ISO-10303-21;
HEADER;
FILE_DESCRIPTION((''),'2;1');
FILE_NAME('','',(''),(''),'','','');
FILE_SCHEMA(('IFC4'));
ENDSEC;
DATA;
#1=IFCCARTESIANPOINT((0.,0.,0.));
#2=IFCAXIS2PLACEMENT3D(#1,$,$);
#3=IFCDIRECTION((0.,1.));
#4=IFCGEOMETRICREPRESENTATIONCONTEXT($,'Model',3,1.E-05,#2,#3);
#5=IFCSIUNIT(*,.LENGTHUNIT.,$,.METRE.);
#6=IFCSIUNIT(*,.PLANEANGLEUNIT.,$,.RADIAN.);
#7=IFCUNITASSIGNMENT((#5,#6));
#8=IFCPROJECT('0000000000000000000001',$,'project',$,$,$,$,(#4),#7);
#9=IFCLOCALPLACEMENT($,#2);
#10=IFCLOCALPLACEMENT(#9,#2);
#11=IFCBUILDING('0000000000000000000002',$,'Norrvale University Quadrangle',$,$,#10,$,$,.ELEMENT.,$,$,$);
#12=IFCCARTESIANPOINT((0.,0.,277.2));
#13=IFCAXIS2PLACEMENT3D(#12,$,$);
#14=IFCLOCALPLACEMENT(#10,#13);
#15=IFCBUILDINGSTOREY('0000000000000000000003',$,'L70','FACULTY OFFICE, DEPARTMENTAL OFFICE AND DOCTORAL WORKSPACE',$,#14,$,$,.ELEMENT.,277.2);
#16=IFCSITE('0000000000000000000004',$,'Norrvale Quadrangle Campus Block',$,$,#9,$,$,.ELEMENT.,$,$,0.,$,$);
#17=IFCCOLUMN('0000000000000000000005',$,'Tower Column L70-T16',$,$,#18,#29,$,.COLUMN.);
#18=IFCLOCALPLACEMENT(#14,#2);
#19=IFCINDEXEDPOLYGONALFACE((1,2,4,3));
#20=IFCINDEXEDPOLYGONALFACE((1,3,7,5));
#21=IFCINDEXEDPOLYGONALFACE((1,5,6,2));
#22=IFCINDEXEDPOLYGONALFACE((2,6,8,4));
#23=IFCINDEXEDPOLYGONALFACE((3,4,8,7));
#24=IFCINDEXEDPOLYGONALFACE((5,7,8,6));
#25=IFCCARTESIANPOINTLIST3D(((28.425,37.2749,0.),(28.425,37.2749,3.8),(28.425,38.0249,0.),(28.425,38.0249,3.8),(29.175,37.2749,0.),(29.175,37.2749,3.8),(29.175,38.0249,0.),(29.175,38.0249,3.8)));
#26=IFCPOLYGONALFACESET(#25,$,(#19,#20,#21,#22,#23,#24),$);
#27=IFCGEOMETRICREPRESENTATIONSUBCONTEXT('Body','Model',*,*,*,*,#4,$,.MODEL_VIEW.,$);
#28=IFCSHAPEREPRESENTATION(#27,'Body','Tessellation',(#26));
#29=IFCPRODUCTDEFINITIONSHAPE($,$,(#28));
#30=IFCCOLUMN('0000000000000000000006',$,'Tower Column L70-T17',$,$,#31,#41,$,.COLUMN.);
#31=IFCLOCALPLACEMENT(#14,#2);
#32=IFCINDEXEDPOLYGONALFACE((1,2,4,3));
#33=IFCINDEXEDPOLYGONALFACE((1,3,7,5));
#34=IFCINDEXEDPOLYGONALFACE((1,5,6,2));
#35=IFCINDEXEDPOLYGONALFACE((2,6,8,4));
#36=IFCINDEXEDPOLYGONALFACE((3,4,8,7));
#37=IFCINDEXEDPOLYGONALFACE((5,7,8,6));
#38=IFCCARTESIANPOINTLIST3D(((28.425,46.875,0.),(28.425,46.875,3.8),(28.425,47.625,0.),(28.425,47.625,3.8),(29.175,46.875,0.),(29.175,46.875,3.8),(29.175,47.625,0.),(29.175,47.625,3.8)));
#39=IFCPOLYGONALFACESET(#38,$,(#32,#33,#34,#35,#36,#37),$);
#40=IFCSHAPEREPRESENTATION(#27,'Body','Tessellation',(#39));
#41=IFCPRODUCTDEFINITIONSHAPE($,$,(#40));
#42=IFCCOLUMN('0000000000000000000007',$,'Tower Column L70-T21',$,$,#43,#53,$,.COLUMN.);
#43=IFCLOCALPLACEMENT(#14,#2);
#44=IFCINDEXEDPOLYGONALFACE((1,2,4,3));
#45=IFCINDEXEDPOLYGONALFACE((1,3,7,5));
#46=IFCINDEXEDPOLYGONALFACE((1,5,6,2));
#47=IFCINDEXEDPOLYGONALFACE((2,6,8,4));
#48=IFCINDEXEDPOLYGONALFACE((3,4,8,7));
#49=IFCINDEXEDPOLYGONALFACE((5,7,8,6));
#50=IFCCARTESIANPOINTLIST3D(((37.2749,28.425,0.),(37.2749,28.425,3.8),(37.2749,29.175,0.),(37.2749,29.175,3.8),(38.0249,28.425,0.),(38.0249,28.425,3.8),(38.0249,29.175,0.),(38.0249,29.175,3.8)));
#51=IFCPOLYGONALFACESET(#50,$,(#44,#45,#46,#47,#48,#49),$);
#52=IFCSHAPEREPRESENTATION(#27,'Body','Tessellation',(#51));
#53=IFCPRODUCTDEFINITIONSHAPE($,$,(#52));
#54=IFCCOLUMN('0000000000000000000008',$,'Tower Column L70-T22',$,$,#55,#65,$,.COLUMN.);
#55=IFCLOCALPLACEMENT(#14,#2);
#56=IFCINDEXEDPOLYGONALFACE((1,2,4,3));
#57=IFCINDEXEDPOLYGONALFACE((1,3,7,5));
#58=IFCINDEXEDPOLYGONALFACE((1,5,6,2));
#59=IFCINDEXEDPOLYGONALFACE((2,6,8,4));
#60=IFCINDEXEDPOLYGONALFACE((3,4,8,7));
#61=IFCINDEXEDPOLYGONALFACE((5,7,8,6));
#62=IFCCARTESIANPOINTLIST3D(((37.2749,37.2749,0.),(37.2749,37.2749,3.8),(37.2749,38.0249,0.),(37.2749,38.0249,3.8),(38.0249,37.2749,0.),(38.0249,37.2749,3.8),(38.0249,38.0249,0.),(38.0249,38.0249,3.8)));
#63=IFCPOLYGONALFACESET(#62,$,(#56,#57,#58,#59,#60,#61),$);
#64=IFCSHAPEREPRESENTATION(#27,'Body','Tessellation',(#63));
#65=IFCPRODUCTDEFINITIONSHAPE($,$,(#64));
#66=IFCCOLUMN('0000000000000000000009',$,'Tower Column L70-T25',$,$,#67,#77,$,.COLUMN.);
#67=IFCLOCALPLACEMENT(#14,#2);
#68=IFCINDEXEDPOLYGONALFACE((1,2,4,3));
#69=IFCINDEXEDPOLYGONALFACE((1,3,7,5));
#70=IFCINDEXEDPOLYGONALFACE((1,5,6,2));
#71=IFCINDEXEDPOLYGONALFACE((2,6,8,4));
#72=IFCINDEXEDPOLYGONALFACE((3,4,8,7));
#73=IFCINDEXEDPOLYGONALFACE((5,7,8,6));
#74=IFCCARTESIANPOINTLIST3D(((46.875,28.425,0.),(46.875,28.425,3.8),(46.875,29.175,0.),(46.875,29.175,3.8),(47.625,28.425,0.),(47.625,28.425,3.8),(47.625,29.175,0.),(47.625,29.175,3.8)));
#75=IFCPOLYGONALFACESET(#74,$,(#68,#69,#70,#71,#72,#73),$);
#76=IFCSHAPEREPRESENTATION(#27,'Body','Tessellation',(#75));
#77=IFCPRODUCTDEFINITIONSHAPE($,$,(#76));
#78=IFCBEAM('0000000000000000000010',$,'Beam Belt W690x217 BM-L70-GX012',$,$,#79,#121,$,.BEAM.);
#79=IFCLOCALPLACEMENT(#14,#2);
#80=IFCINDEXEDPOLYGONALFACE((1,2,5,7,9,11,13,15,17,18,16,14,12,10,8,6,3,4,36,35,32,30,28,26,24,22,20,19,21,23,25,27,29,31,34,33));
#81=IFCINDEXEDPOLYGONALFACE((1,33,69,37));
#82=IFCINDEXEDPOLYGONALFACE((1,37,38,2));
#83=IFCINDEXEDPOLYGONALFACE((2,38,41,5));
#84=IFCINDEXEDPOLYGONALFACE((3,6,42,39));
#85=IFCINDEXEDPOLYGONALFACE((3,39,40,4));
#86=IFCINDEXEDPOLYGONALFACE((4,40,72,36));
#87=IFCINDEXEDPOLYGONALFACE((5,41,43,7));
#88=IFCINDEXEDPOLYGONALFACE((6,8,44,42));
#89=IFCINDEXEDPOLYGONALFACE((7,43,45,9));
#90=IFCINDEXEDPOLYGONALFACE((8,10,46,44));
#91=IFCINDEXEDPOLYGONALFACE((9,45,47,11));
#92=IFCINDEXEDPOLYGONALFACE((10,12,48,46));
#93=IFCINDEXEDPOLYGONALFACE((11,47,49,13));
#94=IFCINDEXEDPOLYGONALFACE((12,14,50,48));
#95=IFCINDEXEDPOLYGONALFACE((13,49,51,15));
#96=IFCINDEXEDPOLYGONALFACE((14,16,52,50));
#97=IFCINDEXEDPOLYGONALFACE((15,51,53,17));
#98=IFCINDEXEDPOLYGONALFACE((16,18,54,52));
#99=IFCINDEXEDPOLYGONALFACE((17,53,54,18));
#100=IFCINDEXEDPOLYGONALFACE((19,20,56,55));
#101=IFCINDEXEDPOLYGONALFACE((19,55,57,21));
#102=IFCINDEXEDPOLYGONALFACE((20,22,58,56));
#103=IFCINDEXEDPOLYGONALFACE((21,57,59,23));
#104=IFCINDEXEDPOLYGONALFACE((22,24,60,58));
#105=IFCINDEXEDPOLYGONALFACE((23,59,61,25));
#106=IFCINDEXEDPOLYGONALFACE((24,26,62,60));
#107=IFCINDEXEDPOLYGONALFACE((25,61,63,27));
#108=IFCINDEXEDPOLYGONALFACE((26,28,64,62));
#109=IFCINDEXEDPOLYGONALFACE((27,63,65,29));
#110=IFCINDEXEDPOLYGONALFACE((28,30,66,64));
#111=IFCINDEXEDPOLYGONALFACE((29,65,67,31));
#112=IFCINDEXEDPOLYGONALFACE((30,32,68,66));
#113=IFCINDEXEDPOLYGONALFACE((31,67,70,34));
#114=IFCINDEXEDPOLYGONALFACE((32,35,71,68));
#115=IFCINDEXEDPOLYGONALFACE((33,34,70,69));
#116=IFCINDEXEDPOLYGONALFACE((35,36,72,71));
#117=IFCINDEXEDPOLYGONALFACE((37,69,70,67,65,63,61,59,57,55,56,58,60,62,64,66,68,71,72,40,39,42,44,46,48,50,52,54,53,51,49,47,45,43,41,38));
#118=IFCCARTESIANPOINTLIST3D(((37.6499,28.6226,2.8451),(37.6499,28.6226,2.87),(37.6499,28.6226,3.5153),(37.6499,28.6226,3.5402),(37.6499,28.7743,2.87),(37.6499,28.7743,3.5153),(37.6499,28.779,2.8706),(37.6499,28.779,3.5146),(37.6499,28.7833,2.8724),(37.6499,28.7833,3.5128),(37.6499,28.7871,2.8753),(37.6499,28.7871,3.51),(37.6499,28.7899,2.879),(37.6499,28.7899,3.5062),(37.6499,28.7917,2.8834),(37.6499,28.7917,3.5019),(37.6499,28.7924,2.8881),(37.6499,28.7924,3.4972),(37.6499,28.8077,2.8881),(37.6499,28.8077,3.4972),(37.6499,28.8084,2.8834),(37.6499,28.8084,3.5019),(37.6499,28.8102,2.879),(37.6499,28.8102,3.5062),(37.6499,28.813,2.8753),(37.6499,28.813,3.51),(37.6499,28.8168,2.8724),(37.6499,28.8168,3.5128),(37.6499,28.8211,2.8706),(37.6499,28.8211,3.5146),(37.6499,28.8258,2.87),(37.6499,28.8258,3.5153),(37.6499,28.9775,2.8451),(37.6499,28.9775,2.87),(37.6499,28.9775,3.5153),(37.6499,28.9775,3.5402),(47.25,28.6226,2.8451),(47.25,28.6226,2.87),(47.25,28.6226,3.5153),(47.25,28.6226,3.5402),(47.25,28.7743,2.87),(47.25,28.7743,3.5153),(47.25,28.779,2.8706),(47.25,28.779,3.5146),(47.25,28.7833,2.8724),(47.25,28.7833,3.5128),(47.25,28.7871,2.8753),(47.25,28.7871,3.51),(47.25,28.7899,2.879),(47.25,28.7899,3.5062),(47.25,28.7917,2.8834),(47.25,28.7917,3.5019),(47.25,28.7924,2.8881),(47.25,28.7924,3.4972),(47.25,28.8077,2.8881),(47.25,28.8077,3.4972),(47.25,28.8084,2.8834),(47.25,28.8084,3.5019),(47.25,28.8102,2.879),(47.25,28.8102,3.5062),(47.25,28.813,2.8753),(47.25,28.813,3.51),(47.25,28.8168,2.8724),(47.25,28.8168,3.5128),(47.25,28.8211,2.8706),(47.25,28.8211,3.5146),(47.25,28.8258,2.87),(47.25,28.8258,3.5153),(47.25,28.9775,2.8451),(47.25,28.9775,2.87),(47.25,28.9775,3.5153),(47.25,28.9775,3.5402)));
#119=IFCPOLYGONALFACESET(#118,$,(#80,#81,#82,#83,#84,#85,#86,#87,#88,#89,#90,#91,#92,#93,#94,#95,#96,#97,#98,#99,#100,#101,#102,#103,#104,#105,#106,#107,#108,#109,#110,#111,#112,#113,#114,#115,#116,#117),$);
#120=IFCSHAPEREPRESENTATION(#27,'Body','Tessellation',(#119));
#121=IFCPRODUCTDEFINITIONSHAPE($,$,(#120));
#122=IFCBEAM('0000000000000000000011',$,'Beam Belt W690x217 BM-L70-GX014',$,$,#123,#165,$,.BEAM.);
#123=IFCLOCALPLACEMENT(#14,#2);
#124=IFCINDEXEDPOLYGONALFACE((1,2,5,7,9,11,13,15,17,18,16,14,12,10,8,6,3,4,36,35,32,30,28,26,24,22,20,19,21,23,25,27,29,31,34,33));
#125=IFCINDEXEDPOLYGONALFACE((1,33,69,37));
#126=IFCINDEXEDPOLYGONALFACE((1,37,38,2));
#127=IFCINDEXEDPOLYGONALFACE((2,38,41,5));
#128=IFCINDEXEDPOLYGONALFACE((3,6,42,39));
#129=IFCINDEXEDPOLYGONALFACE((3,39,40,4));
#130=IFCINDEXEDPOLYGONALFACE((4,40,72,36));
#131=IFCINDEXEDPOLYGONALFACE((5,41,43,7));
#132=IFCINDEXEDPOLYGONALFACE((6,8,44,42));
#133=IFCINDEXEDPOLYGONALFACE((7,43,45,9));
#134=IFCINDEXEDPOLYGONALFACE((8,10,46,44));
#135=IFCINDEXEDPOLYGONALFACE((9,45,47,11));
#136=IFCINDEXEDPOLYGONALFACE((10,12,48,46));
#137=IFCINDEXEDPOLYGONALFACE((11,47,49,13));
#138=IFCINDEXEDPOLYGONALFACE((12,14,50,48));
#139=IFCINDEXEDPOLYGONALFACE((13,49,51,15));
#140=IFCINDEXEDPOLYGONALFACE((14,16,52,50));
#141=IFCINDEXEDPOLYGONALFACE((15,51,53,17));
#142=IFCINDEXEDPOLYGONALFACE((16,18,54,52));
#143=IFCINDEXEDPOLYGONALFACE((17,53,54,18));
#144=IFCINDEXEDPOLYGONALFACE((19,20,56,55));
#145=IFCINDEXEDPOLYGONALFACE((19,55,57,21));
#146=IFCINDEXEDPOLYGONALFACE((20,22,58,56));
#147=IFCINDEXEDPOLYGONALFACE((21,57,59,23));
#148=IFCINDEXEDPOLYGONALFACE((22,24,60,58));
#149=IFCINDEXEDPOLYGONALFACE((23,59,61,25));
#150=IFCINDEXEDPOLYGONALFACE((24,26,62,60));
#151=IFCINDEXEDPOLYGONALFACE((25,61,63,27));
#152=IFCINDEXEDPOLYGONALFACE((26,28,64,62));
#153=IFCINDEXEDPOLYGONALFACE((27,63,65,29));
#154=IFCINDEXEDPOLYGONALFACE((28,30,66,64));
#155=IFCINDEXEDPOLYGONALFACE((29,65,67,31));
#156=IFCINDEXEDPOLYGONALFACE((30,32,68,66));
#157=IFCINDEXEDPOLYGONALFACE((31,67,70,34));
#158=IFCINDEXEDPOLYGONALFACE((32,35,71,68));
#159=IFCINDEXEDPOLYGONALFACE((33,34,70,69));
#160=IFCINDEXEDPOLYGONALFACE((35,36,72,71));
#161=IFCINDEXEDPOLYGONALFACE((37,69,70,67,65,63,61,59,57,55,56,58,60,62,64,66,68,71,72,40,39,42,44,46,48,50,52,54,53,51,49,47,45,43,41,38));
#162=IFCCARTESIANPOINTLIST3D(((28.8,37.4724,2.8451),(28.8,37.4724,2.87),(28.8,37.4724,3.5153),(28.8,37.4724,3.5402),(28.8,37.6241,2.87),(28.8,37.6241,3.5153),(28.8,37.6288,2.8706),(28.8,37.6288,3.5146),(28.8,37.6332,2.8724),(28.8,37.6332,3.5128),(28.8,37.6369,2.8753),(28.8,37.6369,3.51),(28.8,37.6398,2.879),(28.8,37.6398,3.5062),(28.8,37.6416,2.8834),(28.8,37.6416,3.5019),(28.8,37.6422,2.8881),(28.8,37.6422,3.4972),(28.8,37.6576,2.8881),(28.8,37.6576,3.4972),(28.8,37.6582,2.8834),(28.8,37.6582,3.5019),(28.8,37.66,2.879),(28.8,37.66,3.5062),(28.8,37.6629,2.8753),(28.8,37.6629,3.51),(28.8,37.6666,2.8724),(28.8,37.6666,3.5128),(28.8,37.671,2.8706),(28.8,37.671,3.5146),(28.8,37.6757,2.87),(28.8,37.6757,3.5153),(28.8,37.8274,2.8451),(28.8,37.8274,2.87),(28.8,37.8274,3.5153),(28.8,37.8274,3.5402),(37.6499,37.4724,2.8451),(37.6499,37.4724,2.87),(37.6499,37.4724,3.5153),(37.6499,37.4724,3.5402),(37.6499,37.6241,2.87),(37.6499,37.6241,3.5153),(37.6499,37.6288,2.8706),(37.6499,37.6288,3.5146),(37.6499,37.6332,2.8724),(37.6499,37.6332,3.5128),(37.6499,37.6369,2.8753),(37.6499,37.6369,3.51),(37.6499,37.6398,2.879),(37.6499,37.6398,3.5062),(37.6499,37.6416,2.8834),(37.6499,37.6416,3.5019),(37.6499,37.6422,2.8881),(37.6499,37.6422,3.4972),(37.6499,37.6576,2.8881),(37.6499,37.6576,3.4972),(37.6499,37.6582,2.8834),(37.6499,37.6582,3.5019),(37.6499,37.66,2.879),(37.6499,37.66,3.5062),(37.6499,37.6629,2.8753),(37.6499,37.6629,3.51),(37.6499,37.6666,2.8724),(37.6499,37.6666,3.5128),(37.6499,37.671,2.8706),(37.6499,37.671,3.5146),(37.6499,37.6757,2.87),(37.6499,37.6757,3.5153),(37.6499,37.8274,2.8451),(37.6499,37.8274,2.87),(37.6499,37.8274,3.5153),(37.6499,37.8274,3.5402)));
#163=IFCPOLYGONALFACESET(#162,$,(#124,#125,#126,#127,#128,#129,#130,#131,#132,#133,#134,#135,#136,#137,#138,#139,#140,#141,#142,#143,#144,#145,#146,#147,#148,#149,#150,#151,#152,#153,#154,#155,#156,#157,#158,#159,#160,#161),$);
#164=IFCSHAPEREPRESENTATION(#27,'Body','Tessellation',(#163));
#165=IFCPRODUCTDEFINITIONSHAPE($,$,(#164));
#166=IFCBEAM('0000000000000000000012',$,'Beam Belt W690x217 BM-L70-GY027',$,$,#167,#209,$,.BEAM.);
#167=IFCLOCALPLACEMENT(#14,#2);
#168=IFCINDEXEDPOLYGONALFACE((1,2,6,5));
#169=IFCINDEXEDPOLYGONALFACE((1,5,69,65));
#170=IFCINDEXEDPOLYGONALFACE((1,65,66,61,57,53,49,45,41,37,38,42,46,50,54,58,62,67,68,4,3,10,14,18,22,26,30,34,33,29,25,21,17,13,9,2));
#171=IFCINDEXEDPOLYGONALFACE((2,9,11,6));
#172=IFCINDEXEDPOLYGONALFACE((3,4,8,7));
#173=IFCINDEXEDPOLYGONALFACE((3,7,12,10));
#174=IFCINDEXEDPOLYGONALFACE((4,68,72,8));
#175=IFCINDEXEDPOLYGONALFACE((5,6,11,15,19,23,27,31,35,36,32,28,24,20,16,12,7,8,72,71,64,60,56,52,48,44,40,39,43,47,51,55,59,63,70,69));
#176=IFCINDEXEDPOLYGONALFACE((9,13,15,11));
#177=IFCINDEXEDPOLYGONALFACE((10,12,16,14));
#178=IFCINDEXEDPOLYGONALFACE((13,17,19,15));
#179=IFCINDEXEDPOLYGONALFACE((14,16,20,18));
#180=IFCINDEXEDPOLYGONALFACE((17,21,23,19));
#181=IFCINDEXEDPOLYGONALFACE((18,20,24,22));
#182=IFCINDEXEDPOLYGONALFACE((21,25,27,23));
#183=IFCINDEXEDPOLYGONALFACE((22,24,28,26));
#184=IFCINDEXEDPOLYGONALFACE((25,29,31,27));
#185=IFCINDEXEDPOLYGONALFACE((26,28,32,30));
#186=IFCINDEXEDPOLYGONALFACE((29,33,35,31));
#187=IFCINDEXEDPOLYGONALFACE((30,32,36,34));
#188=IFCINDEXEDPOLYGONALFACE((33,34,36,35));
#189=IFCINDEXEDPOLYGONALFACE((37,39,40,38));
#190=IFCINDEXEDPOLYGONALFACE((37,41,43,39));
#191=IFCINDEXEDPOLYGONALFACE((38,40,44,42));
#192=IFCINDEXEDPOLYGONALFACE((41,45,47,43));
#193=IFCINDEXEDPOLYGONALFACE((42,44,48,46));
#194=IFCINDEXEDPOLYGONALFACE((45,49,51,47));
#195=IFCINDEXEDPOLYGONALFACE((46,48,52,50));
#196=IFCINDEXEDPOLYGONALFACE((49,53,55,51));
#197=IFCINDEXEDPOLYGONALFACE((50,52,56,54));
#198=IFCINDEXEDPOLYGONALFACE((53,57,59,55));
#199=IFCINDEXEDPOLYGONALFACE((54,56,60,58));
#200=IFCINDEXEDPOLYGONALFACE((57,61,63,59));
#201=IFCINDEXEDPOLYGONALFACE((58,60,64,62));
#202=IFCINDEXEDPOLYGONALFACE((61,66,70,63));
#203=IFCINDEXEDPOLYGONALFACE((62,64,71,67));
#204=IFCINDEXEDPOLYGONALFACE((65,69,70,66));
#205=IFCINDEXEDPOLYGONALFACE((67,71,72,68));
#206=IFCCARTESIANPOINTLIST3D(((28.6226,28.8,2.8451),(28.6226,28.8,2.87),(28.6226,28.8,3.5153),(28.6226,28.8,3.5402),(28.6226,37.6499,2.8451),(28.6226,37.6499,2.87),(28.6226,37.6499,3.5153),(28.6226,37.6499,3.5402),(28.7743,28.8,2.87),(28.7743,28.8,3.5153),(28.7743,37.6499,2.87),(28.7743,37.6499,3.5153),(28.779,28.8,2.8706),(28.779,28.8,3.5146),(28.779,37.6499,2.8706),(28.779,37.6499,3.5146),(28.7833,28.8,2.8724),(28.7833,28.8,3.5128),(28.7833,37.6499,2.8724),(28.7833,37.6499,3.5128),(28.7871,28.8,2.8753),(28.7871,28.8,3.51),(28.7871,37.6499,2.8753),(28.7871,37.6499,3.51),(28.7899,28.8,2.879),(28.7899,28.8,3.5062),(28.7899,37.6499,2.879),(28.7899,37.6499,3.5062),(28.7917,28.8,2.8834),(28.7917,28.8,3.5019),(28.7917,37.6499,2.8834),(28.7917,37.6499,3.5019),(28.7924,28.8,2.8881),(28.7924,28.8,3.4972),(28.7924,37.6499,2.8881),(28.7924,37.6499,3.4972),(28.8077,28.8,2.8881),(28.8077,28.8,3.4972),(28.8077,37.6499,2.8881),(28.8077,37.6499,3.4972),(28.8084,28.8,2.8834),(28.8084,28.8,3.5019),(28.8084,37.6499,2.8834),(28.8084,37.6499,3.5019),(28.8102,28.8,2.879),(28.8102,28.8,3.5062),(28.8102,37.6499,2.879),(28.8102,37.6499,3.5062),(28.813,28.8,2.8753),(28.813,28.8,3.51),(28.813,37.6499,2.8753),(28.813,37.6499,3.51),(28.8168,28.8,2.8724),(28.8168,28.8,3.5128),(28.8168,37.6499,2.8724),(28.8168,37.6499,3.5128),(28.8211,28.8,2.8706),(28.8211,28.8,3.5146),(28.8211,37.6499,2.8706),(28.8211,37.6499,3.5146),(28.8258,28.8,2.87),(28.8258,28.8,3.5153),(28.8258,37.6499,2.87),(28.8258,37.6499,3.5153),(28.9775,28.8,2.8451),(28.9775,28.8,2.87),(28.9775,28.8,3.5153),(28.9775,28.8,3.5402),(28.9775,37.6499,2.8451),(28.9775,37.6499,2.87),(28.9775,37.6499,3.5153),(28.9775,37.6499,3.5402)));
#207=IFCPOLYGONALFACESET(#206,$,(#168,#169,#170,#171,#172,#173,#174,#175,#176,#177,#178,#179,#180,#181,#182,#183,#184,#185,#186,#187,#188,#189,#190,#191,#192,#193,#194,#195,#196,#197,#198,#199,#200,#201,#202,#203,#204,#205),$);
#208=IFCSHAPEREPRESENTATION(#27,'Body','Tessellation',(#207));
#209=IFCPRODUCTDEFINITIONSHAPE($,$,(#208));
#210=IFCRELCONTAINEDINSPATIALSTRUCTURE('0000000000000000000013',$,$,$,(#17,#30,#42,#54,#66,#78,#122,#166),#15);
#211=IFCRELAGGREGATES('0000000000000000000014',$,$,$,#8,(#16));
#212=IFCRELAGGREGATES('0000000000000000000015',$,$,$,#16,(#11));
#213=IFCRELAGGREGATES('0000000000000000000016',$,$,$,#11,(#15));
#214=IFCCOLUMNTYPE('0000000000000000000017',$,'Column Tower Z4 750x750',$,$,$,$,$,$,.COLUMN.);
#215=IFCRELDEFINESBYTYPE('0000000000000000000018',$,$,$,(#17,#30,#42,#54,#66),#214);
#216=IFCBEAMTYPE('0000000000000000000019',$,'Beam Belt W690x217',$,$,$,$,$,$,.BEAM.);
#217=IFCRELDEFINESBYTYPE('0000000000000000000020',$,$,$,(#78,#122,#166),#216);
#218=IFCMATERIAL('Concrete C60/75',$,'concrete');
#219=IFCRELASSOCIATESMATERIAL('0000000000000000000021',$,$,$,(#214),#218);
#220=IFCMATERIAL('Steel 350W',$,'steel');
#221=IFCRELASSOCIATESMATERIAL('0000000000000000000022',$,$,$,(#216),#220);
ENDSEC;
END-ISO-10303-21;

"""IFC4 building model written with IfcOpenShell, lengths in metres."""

from ifc_helpers import new_model, si_unit, direction, frame, origin, origin_2d, place, context, subcontext, project, spatial, rectangle, i_section, extrude, material, material_profile, profile_set, type_object, element, save


model = new_model("IFC4")

# Units and contexts
model_context = context("Model", 3, precision=1e-05, world=origin(), true_north=direction((0.0, 1.0)))
body_context = subcontext(model_context, "Body", "Model", "MODEL_VIEW")
ifc_project = project(units=[si_unit("LENGTHUNIT", "METRE"), si_unit("PLANEANGLEUNIT", "RADIAN")], contexts=[model_context])

# Site, building, storey
site_placement = place(None, origin())
site = spatial("IfcSite", under=ifc_project, at=site_placement, Name="Norrvale Quadrangle Campus Block", CompositionType="ELEMENT", RefElevation=0.0)
building_placement = place(site_placement, origin())
building = spatial("IfcBuilding", under=site, at=building_placement, Name="Norrvale University Quadrangle", CompositionType="ELEMENT")
storey_placement = place(building_placement, frame((0.0, 0.0, 277.2)))
storey = spatial("IfcBuildingStorey", under=building, at=storey_placement, Name="L70", Description="FACULTY OFFICE, DEPARTMENTAL OFFICE AND DOCTORAL WORKSPACE", CompositionType="ELEMENT", Elevation=277.2)

# Columns
ifc_material_1 = material(Name="Concrete C60/75", Category="concrete")
ifc_material_profile_1 = material_profile(ifc_material_1, rectangle(XDim=0.75, YDim=0.75, at=origin_2d()), Name="Concrete C60/75")
ifc_profile_set_1 = profile_set([ifc_material_profile_1], Name="Concrete C60/75")
column_type = type_object("IfcColumnType", Name="Column Tower Z4 750x750", PredefinedType="COLUMN", material=ifc_profile_set_1)
for number, where, z_axis, x_axis, name in (
    (1, (28.8, 37.6499, 0.0), (0.0, 0.0, 1.0), (1.0, 0.0, 0.0), "Tower Column L70-T16"),
    (2, (28.8, 47.25, 0.0), (0.0, 0.0, 1.0), (1.0, 0.0, 0.0), "Tower Column L70-T17"),
    (3, (37.6499, 28.8, 0.0), (0.0, 0.0, 1.0), (1.0, 0.0, 0.0), "Tower Column L70-T21"),
    (4, (37.6499, 37.6499, 0.0), (0.0, 0.0, 1.0), (1.0, 0.0, 0.0), "Tower Column L70-T22"),
    (5, (47.25, 28.8, 0.0), (0.0, 0.0, 1.0), (1.0, 0.0, 0.0), "Tower Column L70-T25"),
):
    element("IfcColumn", number, at=place(storey_placement, frame(where, z_axis=z_axis, x_axis=x_axis)), inside=storey, type_object=column_type, Name=name, PredefinedType="COLUMN", context=body_context, shape_type="SweptSolid", body=[
        extrude(rectangle(XDim=0.75, YDim=0.75, at=origin_2d()), origin(), (0.0, 0.0, 1.0), 3.8),
    ])

# Beams
ifc_material_2 = material(Name="Steel 350W", Category="steel")
ifc_material_profile_2 = material_profile(ifc_material_2, i_section(OverallWidth=0.355, OverallDepth=0.6951, WebThickness=0.0154, FlangeThickness=0.0249, FilletRadius=0.0181, at=origin_2d()), Name="Steel 350W")
ifc_profile_set_2 = profile_set([ifc_material_profile_2], Name="Steel 350W")
beam_type_1 = type_object("IfcBeamType", Name="Beam Belt W690x217", PredefinedType="BEAM", material=ifc_profile_set_2)
beam_1_placement = place(storey_placement, frame((37.6499, 28.8, 3.1926), z_axis=(1.0, 0.0, 0.0), x_axis=(0.0, 1.0, 0.0)))
element("IfcBeam", 6, at=beam_1_placement, inside=storey, type_object=beam_type_1, Name="Beam Belt W690x217 BM-L70-GX012", PredefinedType="BEAM", context=body_context, shape_type="SweptSolid", body=[
    extrude(i_section(OverallWidth=0.355, OverallDepth=0.6951, WebThickness=0.0154, FlangeThickness=0.0249, FilletRadius=0.0181, at=origin_2d()), origin(), (0.0, 0.0, 1.0), 9.6001),
])
for number, where, z_axis, x_axis, name in (
    (7, (28.8, 37.6499, 3.1926), (1.0, 0.0, 0.0), (0.0, 1.0, 0.0), "Beam Belt W690x217 BM-L70-GX014"),
    (8, (28.8, 28.8, 3.1926), (0.0, 1.0, 0.0), (-1.0, 0.0, 0.0), "Beam Belt W690x217 BM-L70-GY027"),
):
    element("IfcBeam", number, at=place(storey_placement, frame(where, z_axis=z_axis, x_axis=x_axis)), inside=storey, type_object=beam_type_1, Name=name, PredefinedType="BEAM", context=body_context, shape_type="SweptSolid", body=[
        extrude(i_section(OverallWidth=0.355, OverallDepth=0.6951, WebThickness=0.0154, FlangeThickness=0.0249, FilletRadius=0.0181, at=origin_2d()), origin(), (0.0, 0.0, 1.0), 8.8499),
    ])

save(model, "model.ifc")
